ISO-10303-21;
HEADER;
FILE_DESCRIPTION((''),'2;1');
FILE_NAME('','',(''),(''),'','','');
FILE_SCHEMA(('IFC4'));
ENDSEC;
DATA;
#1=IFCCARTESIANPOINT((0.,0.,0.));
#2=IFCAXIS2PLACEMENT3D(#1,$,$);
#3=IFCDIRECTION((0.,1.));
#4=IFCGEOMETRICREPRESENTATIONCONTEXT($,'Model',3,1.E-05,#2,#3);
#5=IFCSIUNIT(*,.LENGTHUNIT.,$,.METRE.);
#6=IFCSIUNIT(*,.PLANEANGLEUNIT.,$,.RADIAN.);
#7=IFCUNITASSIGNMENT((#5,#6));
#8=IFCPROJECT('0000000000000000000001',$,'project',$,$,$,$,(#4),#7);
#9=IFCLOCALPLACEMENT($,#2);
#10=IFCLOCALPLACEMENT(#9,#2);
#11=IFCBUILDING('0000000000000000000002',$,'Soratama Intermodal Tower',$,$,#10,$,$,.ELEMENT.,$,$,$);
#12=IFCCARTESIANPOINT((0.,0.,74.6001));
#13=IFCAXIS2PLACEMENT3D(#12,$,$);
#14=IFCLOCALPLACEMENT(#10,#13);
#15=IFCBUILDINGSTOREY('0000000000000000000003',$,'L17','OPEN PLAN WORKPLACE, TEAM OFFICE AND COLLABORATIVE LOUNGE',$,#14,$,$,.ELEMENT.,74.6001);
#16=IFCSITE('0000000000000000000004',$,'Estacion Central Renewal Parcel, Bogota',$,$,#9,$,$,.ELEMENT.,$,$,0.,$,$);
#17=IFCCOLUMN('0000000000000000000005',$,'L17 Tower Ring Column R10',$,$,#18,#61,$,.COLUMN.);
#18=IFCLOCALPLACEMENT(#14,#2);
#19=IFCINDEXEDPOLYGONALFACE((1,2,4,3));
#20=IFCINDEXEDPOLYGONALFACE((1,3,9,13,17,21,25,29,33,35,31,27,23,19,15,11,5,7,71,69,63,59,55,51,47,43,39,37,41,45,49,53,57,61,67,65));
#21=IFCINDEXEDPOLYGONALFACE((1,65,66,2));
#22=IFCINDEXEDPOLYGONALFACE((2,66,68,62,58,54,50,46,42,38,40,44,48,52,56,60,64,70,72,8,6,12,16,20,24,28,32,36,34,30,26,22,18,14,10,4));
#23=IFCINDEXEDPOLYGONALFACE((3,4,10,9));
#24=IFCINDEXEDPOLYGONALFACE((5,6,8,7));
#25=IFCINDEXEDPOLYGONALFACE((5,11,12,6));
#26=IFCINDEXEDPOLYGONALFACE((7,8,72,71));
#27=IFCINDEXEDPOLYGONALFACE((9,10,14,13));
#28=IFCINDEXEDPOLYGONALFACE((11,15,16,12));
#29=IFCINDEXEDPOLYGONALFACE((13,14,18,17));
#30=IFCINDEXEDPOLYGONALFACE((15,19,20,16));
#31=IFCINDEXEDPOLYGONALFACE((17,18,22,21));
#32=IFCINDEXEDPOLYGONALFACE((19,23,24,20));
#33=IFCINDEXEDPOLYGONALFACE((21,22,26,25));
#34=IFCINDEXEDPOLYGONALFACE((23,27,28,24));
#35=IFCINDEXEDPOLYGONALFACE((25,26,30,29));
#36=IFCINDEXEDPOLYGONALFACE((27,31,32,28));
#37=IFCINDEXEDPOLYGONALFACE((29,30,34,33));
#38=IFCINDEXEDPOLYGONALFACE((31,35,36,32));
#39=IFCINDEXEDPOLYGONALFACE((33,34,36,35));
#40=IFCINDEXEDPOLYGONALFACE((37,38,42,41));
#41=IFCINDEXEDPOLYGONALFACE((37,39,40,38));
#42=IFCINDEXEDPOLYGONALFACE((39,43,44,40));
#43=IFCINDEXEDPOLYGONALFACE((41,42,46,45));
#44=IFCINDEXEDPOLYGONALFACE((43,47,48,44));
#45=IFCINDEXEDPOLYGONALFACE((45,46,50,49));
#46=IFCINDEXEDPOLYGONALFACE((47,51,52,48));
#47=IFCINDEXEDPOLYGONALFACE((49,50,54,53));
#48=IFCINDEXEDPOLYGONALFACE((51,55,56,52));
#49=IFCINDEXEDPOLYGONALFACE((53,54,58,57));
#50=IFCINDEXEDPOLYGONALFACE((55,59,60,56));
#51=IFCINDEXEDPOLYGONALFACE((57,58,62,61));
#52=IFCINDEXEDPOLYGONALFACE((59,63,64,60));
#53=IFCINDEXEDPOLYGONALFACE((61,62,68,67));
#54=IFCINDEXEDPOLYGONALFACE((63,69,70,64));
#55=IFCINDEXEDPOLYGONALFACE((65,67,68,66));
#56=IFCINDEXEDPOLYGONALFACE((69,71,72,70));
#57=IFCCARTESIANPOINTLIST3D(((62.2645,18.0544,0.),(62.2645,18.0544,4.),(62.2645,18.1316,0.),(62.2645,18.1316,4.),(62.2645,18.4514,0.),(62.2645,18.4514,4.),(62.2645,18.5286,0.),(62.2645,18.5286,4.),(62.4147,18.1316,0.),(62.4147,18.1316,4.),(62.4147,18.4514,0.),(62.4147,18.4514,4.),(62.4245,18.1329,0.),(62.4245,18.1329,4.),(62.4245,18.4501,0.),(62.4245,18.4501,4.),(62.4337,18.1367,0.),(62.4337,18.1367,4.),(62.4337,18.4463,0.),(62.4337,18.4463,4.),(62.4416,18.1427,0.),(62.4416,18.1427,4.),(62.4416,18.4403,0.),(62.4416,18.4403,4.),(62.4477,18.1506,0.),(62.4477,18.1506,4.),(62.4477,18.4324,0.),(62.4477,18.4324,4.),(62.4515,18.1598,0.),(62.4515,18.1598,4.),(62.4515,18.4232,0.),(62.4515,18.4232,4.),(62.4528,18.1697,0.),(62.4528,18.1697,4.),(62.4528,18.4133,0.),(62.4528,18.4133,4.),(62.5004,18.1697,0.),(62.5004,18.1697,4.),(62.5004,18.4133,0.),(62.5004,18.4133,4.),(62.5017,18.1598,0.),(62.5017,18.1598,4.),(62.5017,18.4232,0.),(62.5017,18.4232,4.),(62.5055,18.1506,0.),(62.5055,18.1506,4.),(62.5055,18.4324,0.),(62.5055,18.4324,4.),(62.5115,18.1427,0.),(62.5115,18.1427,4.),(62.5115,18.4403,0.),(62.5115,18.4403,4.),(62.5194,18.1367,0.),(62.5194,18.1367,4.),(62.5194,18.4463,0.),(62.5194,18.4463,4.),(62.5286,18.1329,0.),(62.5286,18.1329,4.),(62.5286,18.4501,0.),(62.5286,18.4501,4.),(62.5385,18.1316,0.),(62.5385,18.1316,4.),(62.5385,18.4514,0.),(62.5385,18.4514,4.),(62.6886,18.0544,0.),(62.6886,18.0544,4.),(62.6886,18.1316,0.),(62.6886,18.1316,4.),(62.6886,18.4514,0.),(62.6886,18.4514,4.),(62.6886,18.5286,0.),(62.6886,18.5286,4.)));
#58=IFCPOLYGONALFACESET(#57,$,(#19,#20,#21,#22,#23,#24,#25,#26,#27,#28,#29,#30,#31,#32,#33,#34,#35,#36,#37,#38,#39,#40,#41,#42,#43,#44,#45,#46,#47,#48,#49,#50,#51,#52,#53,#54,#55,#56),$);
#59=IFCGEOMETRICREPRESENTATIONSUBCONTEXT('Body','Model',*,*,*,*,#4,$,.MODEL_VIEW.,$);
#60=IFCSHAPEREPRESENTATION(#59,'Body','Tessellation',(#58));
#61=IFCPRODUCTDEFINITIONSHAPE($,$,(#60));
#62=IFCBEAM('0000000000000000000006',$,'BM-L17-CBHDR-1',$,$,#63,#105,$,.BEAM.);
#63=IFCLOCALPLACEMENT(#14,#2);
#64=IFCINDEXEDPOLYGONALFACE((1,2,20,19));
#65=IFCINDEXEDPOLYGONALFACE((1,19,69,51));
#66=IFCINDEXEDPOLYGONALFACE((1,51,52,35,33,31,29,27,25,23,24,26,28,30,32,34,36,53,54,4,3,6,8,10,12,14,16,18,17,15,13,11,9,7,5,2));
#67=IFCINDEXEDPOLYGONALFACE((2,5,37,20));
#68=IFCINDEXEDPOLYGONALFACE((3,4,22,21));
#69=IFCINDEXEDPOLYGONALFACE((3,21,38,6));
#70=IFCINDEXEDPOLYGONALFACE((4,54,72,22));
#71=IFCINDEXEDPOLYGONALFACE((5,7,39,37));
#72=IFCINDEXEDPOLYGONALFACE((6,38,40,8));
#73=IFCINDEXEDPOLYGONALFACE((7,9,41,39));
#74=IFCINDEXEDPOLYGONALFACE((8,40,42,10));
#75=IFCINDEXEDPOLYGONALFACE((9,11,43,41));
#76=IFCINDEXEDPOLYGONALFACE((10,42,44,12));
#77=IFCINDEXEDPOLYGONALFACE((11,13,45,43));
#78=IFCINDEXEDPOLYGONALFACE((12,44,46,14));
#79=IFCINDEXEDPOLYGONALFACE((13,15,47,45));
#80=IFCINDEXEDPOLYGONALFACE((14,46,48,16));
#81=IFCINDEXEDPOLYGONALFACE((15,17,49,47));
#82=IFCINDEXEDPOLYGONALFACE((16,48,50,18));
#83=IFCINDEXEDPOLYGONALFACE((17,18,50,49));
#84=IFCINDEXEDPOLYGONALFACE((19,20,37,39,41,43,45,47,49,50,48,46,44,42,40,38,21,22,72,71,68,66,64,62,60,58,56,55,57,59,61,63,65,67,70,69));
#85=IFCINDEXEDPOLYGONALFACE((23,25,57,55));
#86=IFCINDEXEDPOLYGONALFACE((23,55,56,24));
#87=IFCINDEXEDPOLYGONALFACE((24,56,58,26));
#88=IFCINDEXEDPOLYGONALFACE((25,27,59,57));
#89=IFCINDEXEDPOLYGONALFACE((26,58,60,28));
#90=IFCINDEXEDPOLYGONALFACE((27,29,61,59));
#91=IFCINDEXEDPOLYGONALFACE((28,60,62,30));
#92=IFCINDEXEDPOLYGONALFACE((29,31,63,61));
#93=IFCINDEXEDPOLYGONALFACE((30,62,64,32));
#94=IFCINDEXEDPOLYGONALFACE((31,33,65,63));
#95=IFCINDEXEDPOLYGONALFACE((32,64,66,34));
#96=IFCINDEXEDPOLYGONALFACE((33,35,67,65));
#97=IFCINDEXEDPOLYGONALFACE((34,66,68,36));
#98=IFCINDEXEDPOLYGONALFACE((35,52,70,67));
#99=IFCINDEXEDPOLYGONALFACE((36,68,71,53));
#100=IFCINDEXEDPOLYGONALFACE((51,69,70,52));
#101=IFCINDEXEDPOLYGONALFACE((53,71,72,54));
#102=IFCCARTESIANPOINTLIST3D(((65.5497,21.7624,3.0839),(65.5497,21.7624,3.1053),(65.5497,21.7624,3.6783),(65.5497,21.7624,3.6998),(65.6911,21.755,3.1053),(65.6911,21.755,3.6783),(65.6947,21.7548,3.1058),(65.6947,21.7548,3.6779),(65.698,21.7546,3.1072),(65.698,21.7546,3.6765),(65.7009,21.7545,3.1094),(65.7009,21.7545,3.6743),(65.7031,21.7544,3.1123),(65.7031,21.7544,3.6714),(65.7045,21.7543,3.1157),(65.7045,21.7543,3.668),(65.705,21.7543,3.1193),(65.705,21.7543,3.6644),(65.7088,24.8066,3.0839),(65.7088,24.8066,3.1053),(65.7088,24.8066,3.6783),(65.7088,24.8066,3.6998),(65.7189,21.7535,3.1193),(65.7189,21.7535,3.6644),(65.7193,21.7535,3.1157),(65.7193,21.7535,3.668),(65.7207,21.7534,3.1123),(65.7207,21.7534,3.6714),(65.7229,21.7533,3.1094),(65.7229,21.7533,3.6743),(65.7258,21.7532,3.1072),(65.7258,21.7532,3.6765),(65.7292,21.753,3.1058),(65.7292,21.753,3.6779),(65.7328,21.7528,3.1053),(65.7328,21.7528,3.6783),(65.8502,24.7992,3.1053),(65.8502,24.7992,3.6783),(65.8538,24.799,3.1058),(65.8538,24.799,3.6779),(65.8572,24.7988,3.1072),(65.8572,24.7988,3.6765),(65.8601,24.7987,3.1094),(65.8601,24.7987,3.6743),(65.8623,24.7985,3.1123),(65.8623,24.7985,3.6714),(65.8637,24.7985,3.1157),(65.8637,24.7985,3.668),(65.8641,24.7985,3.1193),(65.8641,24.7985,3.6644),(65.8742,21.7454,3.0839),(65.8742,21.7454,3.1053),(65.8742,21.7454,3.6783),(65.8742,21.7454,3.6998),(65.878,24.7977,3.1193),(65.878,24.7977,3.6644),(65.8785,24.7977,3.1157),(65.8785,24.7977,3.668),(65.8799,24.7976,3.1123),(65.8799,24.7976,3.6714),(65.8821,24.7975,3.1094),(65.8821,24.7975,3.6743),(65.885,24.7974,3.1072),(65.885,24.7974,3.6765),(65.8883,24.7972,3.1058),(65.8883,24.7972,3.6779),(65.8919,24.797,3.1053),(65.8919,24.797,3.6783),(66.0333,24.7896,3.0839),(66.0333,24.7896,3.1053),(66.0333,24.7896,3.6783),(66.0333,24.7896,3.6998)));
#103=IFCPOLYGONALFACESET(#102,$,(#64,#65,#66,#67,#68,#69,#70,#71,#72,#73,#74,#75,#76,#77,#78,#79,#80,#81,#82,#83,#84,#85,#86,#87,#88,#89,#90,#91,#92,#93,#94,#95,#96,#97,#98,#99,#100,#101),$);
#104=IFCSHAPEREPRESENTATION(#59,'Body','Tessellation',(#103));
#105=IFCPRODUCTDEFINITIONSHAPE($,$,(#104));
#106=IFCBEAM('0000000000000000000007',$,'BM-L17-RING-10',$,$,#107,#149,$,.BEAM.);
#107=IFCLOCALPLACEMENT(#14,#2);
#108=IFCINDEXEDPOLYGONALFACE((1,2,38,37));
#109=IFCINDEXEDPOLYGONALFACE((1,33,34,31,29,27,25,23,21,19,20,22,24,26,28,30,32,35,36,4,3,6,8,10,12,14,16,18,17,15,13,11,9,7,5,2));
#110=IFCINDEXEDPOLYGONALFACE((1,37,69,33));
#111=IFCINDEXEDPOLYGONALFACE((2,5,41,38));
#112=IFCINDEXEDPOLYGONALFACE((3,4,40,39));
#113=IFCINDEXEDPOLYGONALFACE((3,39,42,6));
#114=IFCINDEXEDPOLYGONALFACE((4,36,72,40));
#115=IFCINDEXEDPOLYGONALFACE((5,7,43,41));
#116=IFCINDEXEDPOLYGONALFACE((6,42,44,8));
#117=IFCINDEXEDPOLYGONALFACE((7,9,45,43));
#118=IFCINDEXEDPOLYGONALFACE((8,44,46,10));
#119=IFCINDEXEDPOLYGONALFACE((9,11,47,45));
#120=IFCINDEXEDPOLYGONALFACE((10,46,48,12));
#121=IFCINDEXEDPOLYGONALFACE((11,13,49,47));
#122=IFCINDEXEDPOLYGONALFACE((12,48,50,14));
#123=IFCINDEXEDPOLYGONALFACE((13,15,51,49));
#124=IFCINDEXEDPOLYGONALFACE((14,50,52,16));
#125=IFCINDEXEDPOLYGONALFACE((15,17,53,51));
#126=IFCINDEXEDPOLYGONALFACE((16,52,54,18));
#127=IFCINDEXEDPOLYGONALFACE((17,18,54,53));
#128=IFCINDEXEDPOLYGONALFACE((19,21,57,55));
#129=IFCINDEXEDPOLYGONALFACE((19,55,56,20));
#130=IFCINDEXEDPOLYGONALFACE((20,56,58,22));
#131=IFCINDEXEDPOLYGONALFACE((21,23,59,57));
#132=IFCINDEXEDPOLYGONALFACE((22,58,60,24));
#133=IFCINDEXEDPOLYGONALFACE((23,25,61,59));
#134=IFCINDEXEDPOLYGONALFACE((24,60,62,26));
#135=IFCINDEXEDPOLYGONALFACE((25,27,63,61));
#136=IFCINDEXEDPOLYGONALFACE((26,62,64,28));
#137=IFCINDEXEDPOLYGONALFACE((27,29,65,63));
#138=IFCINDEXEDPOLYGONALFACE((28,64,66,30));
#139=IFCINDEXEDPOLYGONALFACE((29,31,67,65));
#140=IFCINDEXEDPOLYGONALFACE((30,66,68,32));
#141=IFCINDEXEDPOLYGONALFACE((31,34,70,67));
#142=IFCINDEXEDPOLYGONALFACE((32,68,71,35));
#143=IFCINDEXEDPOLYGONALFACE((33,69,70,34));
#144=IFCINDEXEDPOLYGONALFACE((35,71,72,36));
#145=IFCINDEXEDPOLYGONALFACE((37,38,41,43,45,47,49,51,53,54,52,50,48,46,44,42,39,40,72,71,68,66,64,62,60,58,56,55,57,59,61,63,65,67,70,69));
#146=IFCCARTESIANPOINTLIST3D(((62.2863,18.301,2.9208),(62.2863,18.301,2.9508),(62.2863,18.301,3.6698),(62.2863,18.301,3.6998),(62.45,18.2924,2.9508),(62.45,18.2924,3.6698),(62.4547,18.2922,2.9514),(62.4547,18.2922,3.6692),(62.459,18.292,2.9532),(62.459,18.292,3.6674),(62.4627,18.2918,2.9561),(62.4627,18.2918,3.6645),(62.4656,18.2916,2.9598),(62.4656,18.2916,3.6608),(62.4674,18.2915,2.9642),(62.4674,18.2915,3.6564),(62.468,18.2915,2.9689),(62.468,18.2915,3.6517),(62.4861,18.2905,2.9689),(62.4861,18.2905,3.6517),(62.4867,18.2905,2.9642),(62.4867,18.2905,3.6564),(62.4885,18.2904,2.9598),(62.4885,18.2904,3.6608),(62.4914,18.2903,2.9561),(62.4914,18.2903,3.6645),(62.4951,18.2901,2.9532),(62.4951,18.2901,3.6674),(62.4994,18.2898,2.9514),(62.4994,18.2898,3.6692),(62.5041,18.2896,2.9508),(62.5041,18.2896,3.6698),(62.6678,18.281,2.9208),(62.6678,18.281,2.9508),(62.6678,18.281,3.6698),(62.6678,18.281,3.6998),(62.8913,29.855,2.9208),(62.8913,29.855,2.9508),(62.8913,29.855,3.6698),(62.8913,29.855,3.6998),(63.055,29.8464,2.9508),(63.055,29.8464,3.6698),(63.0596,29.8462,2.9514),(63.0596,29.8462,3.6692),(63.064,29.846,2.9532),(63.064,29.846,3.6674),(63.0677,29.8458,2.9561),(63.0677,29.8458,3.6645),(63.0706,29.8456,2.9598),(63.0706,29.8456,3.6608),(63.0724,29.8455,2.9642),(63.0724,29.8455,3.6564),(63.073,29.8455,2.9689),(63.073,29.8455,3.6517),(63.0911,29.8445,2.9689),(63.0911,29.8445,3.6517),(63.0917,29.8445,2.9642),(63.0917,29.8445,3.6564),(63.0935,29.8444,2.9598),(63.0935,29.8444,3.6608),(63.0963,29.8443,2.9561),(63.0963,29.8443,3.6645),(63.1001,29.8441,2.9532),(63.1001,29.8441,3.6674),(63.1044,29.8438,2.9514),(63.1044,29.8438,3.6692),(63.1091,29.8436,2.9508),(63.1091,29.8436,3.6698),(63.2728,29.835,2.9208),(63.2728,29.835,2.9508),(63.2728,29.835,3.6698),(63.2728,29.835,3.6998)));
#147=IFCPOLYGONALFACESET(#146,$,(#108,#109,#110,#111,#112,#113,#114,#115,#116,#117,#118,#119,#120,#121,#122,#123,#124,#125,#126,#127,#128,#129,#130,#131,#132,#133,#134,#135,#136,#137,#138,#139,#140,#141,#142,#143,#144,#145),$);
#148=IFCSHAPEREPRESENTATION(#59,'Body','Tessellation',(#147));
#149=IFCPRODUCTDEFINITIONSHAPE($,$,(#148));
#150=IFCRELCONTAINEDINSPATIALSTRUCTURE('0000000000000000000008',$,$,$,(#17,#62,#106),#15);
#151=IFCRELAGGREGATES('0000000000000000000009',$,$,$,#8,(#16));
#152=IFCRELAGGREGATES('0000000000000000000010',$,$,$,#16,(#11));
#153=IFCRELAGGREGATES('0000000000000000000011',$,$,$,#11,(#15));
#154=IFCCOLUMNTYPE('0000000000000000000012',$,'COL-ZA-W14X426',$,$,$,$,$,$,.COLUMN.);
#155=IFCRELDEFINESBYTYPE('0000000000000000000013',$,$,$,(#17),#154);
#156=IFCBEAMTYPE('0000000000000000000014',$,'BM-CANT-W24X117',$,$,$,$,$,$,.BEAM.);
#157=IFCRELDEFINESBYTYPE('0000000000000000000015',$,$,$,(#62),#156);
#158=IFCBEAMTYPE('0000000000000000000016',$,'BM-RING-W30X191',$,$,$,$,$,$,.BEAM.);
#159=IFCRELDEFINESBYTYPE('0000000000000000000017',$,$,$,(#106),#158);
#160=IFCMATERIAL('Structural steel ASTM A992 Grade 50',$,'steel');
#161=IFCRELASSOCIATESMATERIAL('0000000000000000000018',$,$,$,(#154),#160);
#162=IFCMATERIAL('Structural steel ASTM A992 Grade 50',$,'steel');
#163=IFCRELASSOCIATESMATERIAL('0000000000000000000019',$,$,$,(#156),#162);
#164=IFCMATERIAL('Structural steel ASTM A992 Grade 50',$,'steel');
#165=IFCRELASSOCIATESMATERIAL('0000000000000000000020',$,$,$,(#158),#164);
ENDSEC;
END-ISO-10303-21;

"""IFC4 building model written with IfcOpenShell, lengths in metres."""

from ifc_helpers import new_model, si_unit, direction, frame, origin, origin_2d, place, context, subcontext, project, spatial, i_section, extrude, material, material_profile, profile_set, type_object, element, save


model = new_model("IFC4")

# Units and contexts
model_context = context("Model", 3, precision=1e-05, world=origin(), true_north=direction((0.0, 1.0)))
body_context = subcontext(model_context, "Body", "Model", "MODEL_VIEW")
ifc_project = project(units=[si_unit("LENGTHUNIT", "METRE"), si_unit("PLANEANGLEUNIT", "RADIAN")], contexts=[model_context])

# Site, building, storey
site_placement = place(None, origin())
site = spatial("IfcSite", under=ifc_project, at=site_placement, Name="Estacion Central Renewal Parcel, Bogota", CompositionType="ELEMENT", RefElevation=0.0)
building_placement = place(site_placement, origin())
building = spatial("IfcBuilding", under=site, at=building_placement, Name="Soratama Intermodal Tower", CompositionType="ELEMENT")
storey_placement = place(building_placement, frame((0.0, 0.0, 74.6001)))
storey = spatial("IfcBuildingStorey", under=building, at=storey_placement, Name="L17", Description="OPEN PLAN WORKPLACE, TEAM OFFICE AND COLLABORATIVE LOUNGE", CompositionType="ELEMENT", Elevation=74.6001)

# Column
ifc_material_1 = material(Name="Structural steel ASTM A992 Grade 50", Category="steel")
ifc_material_profile_1 = material_profile(ifc_material_1, i_section(OverallWidth=0.4241, OverallDepth=0.4741, WebThickness=0.0476, FlangeThickness=0.0771, FilletRadius=0.0381, at=origin_2d()), Name="W14X426")
ifc_profile_set_1 = profile_set([ifc_material_profile_1], Name="Structural steel ASTM A992 Grade 50")
column_type = type_object("IfcColumnType", Name="COL-ZA-W14X426", PredefinedType="COLUMN", material=ifc_profile_set_1)
column_placement = place(storey_placement, frame((62.4766, 18.2915, 0.0), z_axis=(0.0, 0.0, 1.0), x_axis=(1.0, 0.0, 0.0)))
element("IfcColumn", 1, at=column_placement, inside=storey, type_object=column_type, Name="L17 Tower Ring Column R10", PredefinedType="COLUMN", context=body_context, shape_type="SweptSolid", body=[
    extrude(i_section(OverallWidth=0.4241, OverallDepth=0.4741, WebThickness=0.0476, FlangeThickness=0.0771, FilletRadius=0.0381, at=origin_2d()), origin(), (0.0, 0.0, 1.0), 4.0),
])

# Beams
ifc_material_2 = material(Name="Structural steel ASTM A992 Grade 50", Category="steel")
ifc_material_profile_2 = material_profile(ifc_material_2, i_section(OverallWidth=0.325, OverallDepth=0.616, WebThickness=0.0139, FlangeThickness=0.0215, FilletRadius=0.0139, at=origin_2d()), Name="W24X117")
ifc_profile_set_2 = profile_set([ifc_material_profile_2], Name="Structural steel ASTM A992 Grade 50")
beam_type_1 = type_object("IfcBeamType", Name="BM-CANT-W24X117", PredefinedType="BEAM", material=ifc_profile_set_2)
beam_1_placement = place(storey_placement, frame((65.7119, 21.7539, 3.3918), z_axis=(0.052218, 0.998636, 0.0), x_axis=(-0.998636, 0.052218, 0.0)))
element("IfcBeam", 2, at=beam_1_placement, inside=storey, type_object=beam_type_1, Name="BM-L17-CBHDR-1", PredefinedType="BEAM", context=body_context, shape_type="SweptSolid", body=[
    extrude(i_section(OverallWidth=0.325, OverallDepth=0.616, WebThickness=0.0139, FlangeThickness=0.0215, FilletRadius=0.0139, at=origin_2d()), origin(), (0.0, 0.0, 1.0), 3.0483),
])
ifc_material_3 = material(Name="Structural steel ASTM A992 Grade 50", Category="steel")
ifc_material_profile_3 = material_profile(ifc_material_3, i_section(OverallWidth=0.3821, OverallDepth=0.7791, WebThickness=0.0181, FlangeThickness=0.03, FilletRadius=0.0181, at=origin_2d()), Name="W30X191")
ifc_profile_set_3 = profile_set([ifc_material_profile_3], Name="Structural steel ASTM A992 Grade 50")
beam_type_2 = type_object("IfcBeamType", Name="BM-RING-W30X191", PredefinedType="BEAM", material=ifc_profile_set_3)
beam_2_placement = place(storey_placement, frame((62.4771, 18.291, 3.3103), z_axis=(0.05229, 0.998632, 0.0), x_axis=(-0.998632, 0.05229, 0.0)))
element("IfcBeam", 3, at=beam_2_placement, inside=storey, type_object=beam_type_2, Name="BM-L17-RING-10", PredefinedType="BEAM", context=body_context, shape_type="SweptSolid", body=[
    extrude(i_section(OverallWidth=0.3821, OverallDepth=0.7791, WebThickness=0.0181, FlangeThickness=0.03, FilletRadius=0.0181, at=origin_2d()), origin(), (0.0, 0.0, 1.0), 11.5698),
])

save(model, "model.ifc")
